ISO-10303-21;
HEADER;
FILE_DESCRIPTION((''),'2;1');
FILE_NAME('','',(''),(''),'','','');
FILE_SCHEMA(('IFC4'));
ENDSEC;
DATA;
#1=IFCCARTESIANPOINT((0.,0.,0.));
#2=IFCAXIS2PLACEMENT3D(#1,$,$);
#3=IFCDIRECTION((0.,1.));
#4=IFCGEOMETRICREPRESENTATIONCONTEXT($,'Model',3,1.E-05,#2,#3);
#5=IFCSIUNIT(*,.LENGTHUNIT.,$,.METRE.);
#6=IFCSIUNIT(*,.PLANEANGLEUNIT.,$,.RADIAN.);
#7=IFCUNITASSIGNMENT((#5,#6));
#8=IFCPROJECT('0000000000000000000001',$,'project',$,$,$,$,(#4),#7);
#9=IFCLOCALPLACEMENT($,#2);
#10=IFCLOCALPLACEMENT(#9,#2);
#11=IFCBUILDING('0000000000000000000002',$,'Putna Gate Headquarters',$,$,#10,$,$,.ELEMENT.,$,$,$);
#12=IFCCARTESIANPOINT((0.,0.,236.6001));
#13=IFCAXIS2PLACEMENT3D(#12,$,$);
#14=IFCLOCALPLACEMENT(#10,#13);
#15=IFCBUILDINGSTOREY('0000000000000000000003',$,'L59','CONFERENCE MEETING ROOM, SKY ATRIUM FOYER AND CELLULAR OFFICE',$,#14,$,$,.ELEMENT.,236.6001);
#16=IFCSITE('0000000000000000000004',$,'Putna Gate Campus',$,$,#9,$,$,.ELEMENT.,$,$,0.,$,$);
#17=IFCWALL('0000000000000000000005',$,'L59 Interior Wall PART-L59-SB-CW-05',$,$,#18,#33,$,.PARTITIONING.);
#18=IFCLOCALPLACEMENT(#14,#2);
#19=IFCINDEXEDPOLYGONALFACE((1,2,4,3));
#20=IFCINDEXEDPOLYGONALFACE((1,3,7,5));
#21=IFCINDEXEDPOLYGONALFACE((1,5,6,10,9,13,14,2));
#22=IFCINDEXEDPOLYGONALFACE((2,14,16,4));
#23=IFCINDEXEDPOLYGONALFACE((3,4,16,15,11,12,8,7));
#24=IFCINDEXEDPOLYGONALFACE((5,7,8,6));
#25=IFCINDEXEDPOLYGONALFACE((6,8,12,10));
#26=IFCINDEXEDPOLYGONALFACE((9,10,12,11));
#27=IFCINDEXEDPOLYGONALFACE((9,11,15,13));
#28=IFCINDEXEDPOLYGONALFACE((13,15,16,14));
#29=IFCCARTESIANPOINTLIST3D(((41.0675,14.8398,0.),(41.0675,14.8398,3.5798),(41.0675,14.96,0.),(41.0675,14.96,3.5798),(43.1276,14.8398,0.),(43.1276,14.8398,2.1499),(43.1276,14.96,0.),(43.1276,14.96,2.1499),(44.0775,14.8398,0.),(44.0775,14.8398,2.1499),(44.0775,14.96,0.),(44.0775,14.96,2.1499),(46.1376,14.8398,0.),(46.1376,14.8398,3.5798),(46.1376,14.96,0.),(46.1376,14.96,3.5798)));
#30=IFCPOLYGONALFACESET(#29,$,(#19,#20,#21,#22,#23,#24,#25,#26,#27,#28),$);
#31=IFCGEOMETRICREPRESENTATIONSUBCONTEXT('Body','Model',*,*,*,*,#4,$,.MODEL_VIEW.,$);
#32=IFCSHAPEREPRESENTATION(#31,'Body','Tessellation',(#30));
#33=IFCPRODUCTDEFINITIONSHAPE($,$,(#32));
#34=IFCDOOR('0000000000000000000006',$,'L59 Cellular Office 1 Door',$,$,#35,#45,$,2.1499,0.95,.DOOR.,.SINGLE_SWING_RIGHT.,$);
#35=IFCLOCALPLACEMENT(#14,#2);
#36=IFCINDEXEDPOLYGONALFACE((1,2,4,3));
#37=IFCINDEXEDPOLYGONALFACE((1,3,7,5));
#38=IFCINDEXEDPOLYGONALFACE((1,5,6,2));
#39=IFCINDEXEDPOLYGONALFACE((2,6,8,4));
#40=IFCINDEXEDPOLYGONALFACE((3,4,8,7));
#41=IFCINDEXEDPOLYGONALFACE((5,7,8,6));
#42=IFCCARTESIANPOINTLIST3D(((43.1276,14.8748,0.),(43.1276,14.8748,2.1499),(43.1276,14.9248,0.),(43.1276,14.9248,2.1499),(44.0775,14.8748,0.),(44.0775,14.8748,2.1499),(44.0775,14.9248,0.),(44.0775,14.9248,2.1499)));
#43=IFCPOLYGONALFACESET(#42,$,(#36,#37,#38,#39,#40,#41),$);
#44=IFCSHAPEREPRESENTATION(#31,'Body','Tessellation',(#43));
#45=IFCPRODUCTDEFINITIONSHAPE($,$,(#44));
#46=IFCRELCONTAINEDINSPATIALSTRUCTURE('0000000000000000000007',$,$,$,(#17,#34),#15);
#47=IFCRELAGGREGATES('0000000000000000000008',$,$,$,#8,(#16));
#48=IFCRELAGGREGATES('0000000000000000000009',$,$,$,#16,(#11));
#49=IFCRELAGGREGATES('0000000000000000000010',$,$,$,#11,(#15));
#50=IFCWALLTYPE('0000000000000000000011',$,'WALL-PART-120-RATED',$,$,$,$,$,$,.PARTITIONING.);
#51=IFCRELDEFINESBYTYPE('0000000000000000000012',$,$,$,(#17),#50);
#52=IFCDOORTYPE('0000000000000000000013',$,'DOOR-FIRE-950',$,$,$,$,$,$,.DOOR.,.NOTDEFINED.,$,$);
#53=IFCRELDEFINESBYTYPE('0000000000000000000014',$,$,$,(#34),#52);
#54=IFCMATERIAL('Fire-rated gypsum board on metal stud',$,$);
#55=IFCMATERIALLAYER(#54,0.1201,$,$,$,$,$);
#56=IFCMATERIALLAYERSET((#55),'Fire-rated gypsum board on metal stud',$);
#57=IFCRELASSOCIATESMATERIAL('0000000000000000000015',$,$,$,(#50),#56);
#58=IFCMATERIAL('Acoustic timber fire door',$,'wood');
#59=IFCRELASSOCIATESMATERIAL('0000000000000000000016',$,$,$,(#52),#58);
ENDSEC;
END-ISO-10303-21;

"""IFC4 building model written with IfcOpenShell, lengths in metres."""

from ifc_helpers import new_model, si_unit, direction, frame, frame_2d, origin, place, context, subcontext, project, spatial, rectangle, extrude, material, layer, layer_set, type_object, element, fill, save


model = new_model("IFC4")

# Units and contexts
model_context = context("Model", 3, precision=1e-05, world=origin(), true_north=direction((0.0, 1.0)))
body_context = subcontext(model_context, "Body", "Model", "MODEL_VIEW")
ifc_project = project(units=[si_unit("LENGTHUNIT", "METRE"), si_unit("PLANEANGLEUNIT", "RADIAN")], contexts=[model_context])

# Site, building, storey
site_placement = place(None, origin())
site = spatial("IfcSite", under=ifc_project, at=site_placement, Name="Putna Gate Campus", CompositionType="ELEMENT", RefElevation=0.0)
building_placement = place(site_placement, origin())
building = spatial("IfcBuilding", under=site, at=building_placement, Name="Putna Gate Headquarters", CompositionType="ELEMENT")
storey_placement = place(building_placement, frame((0.0, 0.0, 236.6001)))
storey = spatial("IfcBuildingStorey", under=building, at=storey_placement, Name="L59", Description="CONFERENCE MEETING ROOM, SKY ATRIUM FOYER AND CELLULAR OFFICE", CompositionType="ELEMENT", Elevation=236.6001)

# Wall, opening, door
ifc_material_1 = material(Name="Fire-rated gypsum board on metal stud")
ifc_layer_1 = layer(ifc_material_1, 0.1201)
ifc_layer_set_1 = layer_set([ifc_layer_1], Name="Fire-rated gypsum board on metal stud")
wall_type_1 = type_object("IfcWallType", Name="WALL-PART-120-RATED", PredefinedType="PARTITIONING", material=ifc_layer_set_1)
wall_1_placement = place(storey_placement, frame((41.0674, 14.8999, 0.0), z_axis=(0.0, 0.0, 1.0), x_axis=(1.0, 0.0, 0.0)))
wall_1 = element("IfcWall", 1, at=wall_1_placement, inside=storey, type_object=wall_type_1, Name="L59 Interior Wall PART-L59-SB-CW-05", PredefinedType="PARTITIONING", context=body_context, shape_type="SweptSolid", body=[
    extrude(rectangle(XDim=5.0701, YDim=0.1201, at=frame_2d((2.5352, 0.0))), origin(), (0.0, 0.0, 1.0), 3.5798),
])
opening_1_placement = place(wall_1_placement, frame((2.0601, 0.0, 0.0)))
opening_1 = element("IfcOpeningElement", 2, at=opening_1_placement, cuts=wall_1, PredefinedType="OPENING", context=body_context, shape_type="SweptSolid", body=[
    extrude(rectangle(XDim=0.95, YDim=2.1499, at=frame_2d((0.4751, 1.075))), frame((0.0, 0.0701, 0.0), z_axis=(0.0, -1.0, 0.0), x_axis=(1.0, 0.0, 0.0)), (0.0, 0.0, 1.0), 0.1401),
])
ifc_material_2 = material(Name="Acoustic timber fire door", Category="wood")
door_type = type_object("IfcDoorType", Name="DOOR-FIRE-950", OperationType="NOTDEFINED", PredefinedType="DOOR", material=ifc_material_2)
door_1_placement = place(opening_1_placement, origin())
door_1 = element("IfcDoor", 3, at=door_1_placement, inside=storey, type_object=door_type, Name="L59 Cellular Office 1 Door", OperationType="SINGLE_SWING_RIGHT", OverallHeight=2.1499, OverallWidth=0.95, PredefinedType="DOOR", context=body_context, shape_type="SweptSolid", body=[
    extrude(rectangle(XDim=0.95, YDim=2.1499, at=frame_2d((0.4751, 1.075))), frame((0.0, 0.0249, 0.0), z_axis=(0.0, -1.0, 0.0), x_axis=(1.0, 0.0, 0.0)), (0.0, 0.0, 1.0), 0.05),
])
fill(opening_1, door_1)

save(model, "model.ifc")
